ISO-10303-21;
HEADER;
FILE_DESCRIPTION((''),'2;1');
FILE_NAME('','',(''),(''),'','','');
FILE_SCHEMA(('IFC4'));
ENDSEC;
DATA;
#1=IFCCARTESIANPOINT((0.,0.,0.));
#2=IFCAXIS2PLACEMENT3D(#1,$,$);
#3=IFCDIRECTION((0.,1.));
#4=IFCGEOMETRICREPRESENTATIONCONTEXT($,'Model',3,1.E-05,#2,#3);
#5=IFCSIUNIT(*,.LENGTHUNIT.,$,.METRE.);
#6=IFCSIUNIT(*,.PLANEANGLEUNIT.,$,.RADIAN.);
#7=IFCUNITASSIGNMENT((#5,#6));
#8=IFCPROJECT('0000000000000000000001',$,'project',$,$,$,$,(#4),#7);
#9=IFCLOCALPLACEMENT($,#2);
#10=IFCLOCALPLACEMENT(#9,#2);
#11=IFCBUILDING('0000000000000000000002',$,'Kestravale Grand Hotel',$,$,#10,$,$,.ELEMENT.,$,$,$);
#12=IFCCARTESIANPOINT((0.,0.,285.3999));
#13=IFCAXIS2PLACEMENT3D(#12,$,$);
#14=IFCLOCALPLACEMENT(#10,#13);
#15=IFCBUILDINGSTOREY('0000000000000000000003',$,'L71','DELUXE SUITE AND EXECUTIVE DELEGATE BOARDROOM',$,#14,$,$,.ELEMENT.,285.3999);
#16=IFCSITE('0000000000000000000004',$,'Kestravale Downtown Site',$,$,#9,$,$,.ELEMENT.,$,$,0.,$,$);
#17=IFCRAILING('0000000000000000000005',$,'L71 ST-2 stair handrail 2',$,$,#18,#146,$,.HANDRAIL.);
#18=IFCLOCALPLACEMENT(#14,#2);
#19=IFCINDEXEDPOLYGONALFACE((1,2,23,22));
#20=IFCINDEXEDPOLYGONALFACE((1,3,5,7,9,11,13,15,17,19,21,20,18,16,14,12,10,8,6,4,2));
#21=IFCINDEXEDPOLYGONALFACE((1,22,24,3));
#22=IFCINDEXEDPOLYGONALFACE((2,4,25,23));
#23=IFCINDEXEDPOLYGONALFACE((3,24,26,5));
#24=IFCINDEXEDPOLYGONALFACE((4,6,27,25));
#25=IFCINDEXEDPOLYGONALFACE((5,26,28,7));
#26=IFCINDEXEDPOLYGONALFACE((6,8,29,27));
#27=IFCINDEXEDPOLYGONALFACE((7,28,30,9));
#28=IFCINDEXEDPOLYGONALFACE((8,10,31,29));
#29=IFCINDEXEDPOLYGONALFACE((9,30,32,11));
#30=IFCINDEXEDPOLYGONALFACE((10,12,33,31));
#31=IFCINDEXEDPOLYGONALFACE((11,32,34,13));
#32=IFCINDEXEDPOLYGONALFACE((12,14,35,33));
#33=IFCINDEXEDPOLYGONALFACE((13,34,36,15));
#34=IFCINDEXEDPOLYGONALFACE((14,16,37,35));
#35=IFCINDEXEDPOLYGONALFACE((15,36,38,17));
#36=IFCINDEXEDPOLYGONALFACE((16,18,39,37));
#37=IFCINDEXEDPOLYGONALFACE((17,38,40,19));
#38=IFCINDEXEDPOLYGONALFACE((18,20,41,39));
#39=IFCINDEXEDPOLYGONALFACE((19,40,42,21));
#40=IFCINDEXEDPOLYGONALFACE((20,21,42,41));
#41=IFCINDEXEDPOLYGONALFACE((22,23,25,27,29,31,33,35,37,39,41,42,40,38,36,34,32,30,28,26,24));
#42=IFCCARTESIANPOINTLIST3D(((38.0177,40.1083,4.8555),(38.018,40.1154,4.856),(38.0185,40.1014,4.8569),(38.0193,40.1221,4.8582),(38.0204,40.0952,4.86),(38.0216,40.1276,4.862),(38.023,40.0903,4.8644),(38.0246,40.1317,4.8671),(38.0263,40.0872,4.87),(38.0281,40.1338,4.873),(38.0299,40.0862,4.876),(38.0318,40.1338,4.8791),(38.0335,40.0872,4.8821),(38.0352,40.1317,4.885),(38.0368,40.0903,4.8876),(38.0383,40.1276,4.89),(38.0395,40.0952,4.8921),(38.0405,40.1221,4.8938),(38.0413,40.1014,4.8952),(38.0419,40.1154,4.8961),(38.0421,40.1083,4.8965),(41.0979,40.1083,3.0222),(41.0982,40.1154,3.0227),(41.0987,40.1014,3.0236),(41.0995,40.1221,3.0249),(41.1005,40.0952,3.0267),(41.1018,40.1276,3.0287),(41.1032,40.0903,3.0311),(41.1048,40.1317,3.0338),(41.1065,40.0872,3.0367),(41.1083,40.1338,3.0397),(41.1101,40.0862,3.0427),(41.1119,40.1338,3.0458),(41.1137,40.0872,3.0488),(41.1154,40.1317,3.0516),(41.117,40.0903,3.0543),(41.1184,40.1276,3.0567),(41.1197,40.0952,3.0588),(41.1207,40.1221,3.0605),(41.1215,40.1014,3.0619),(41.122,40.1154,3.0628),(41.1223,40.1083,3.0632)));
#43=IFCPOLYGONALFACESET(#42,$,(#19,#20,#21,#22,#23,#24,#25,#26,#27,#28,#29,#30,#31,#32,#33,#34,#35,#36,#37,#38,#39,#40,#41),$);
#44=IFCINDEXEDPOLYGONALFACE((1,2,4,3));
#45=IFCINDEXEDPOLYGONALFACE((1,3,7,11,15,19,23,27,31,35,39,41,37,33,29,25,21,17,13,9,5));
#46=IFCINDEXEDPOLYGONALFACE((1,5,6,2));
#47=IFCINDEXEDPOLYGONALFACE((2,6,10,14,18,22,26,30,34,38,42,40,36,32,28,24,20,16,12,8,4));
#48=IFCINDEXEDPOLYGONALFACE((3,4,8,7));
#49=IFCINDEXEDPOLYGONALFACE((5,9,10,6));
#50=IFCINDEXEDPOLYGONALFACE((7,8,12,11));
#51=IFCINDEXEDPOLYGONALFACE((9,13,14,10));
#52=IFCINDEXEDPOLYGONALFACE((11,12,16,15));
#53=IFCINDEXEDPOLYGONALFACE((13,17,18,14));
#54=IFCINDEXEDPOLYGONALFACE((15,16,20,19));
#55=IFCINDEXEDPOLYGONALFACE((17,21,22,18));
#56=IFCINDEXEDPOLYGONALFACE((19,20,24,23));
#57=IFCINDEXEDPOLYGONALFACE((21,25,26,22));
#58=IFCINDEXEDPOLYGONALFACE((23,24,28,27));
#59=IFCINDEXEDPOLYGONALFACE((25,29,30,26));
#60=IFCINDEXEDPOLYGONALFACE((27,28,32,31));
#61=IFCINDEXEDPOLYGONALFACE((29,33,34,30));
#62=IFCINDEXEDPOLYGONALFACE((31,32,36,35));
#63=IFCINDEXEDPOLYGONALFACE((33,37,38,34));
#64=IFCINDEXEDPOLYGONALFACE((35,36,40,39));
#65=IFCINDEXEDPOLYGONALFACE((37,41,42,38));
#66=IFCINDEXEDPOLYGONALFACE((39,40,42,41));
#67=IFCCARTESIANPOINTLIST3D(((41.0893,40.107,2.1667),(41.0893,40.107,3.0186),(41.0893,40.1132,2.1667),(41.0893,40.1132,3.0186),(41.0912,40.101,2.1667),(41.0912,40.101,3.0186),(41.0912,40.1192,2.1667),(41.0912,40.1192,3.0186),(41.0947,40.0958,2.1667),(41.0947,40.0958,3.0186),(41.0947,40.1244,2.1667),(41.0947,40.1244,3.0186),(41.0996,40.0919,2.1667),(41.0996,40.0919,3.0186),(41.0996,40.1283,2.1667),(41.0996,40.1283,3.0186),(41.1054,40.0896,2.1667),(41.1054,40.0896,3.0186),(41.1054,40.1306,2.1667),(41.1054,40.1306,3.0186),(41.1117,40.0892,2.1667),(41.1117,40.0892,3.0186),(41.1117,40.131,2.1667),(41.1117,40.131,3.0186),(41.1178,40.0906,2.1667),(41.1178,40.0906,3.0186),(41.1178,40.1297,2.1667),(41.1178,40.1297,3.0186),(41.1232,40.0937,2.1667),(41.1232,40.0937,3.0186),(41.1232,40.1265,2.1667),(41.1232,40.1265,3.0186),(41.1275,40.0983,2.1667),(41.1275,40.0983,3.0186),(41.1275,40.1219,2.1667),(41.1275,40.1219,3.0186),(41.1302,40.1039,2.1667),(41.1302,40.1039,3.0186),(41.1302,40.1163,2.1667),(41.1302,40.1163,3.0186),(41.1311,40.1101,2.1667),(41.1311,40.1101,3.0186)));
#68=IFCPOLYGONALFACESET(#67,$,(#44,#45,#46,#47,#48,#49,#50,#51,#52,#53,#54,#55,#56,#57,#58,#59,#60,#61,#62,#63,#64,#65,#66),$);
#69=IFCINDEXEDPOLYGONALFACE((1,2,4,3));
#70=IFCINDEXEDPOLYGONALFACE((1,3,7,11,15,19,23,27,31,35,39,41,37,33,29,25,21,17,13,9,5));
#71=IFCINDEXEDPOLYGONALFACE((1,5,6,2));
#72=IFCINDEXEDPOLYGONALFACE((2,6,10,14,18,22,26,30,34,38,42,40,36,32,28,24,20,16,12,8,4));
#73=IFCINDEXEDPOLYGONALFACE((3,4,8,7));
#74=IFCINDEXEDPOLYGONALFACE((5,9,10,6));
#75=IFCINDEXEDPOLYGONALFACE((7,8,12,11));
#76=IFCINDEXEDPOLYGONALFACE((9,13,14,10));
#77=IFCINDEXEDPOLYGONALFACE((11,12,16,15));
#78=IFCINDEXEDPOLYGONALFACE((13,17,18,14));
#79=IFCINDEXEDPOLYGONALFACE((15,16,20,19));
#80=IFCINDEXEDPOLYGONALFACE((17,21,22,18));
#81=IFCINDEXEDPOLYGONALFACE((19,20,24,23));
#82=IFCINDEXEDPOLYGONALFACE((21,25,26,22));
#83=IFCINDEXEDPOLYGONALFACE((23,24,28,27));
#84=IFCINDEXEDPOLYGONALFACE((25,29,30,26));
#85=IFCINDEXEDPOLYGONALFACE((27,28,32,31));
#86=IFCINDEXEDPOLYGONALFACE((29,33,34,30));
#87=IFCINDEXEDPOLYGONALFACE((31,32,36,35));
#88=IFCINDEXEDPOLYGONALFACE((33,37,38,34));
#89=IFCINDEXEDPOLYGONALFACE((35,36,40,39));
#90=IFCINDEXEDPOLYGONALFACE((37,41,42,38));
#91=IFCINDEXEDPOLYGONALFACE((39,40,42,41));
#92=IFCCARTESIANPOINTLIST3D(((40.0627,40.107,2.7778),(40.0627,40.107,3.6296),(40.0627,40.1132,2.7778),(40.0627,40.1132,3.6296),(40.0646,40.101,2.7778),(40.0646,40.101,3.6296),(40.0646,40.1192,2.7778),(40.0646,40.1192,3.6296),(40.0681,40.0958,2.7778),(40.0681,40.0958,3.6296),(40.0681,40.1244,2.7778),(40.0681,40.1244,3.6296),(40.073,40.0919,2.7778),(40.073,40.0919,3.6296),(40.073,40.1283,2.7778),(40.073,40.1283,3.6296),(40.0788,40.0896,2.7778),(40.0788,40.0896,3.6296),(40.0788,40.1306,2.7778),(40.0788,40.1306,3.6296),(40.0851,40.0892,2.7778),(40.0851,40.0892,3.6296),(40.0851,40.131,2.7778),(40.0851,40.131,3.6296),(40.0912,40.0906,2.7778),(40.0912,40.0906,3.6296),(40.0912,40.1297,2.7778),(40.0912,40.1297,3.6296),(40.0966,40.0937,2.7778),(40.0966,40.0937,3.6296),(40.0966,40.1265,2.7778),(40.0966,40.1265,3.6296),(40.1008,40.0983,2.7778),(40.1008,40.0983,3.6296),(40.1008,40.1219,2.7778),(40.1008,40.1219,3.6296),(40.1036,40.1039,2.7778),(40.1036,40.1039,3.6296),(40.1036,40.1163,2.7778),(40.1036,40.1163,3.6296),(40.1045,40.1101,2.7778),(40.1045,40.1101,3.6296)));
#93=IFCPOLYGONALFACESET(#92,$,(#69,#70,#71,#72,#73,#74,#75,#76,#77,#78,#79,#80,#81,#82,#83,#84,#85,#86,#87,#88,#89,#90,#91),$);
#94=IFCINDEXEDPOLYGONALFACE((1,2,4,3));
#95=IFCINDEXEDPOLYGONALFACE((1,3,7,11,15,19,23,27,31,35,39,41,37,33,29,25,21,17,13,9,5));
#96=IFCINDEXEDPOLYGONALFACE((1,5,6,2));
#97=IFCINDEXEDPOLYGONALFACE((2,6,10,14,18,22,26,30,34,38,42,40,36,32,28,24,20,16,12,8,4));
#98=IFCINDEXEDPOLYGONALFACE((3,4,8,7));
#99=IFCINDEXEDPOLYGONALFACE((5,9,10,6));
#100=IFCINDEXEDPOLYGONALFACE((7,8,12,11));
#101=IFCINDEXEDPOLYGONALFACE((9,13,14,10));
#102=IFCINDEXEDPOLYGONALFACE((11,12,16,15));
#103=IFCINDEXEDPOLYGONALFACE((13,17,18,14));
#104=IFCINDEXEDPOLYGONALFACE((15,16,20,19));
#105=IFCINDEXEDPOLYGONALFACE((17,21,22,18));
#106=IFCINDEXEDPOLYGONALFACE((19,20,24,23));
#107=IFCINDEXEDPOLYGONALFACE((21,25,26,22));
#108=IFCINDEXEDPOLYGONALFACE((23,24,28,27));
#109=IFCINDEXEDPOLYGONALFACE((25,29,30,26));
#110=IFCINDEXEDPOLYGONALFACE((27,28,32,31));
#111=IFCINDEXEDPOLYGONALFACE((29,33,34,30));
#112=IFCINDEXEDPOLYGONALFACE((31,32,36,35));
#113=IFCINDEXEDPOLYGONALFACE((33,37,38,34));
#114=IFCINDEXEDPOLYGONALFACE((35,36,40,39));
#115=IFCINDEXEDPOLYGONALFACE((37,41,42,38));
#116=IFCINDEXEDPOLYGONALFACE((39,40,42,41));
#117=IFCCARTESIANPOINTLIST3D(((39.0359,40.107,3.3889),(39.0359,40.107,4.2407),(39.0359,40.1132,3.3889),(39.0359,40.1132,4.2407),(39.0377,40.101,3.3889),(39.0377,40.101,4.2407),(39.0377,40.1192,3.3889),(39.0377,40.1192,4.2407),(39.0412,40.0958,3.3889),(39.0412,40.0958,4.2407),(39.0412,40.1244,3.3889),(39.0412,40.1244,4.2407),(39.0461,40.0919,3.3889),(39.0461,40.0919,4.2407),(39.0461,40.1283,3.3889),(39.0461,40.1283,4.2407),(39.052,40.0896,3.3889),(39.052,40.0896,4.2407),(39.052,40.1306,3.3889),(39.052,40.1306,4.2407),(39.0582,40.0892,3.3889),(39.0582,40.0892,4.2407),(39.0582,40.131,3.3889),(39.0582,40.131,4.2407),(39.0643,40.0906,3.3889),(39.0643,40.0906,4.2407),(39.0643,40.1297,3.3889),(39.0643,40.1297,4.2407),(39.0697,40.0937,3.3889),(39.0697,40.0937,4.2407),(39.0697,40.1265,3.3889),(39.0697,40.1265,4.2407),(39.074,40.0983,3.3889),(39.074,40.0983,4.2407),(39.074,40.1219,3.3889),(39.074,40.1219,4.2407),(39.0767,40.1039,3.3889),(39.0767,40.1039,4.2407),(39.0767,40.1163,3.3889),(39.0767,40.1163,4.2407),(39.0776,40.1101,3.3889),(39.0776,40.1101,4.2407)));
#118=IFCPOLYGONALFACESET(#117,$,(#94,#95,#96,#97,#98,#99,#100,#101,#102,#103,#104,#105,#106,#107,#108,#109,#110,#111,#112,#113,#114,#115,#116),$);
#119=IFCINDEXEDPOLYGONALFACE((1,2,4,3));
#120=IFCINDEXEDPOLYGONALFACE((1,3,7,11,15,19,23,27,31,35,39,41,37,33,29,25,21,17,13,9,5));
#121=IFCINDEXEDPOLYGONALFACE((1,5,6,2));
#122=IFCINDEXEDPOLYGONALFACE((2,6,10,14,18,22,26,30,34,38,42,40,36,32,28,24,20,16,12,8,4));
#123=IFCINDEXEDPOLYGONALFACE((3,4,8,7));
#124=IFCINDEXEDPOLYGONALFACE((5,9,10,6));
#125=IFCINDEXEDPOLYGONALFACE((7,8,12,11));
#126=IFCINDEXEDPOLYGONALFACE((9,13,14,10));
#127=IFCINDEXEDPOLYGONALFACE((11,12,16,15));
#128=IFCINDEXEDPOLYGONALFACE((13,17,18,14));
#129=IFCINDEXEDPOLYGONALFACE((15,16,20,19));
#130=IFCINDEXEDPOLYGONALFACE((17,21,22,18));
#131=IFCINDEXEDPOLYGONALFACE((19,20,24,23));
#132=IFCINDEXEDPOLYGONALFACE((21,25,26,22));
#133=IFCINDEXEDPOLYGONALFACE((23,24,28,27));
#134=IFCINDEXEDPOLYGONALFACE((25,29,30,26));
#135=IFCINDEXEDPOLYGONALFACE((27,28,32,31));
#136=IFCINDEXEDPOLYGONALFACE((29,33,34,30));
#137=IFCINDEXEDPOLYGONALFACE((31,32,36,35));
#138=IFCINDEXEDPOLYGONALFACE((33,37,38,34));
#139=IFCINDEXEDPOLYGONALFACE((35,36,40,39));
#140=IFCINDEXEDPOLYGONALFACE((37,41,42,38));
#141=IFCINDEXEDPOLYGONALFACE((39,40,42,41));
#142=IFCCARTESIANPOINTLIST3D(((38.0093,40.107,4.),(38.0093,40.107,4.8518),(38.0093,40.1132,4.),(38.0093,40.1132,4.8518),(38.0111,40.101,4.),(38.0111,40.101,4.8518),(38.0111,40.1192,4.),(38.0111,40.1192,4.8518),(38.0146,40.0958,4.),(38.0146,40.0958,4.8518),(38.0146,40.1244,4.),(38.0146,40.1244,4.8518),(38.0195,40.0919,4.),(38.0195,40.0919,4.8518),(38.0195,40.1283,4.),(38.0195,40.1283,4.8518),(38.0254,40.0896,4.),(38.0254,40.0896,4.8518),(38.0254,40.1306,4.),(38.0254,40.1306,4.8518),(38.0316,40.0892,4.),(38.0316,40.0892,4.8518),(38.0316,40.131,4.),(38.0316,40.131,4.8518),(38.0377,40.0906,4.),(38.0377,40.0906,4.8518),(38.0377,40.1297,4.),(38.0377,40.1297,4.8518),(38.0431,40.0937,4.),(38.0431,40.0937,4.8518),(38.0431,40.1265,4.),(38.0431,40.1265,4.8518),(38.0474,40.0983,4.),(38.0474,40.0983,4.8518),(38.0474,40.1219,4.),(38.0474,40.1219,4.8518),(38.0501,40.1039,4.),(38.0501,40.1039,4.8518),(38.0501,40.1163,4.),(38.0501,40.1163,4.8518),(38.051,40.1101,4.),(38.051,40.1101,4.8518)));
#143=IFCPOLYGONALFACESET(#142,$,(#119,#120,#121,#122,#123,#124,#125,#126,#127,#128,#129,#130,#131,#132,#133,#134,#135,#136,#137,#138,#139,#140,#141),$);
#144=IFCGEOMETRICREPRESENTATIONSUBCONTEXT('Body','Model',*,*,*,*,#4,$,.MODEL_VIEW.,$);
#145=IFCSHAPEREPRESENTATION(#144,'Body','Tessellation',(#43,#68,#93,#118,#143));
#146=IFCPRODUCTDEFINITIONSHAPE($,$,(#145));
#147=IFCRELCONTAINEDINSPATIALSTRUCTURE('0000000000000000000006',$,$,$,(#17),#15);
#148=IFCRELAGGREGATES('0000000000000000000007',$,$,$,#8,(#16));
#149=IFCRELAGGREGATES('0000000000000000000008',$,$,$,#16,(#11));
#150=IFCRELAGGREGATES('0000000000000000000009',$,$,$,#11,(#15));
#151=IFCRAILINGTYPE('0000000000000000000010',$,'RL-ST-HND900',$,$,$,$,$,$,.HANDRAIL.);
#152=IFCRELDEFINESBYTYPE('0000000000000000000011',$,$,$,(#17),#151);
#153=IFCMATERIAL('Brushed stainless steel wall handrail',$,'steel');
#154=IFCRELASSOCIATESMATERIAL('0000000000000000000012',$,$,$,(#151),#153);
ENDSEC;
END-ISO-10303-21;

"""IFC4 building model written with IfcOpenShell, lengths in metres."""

from ifc_helpers import new_model, si_unit, direction, frame, origin, origin_2d, place, context, subcontext, project, spatial, circle, extrude, material, type_object, element, save


model = new_model("IFC4")

# Units and contexts
model_context = context("Model", 3, precision=1e-05, world=origin(), true_north=direction((0.0, 1.0)))
body_context = subcontext(model_context, "Body", "Model", "MODEL_VIEW")
ifc_project = project(units=[si_unit("LENGTHUNIT", "METRE"), si_unit("PLANEANGLEUNIT", "RADIAN")], contexts=[model_context])

# Site, building, storey
site_placement = place(None, origin())
site = spatial("IfcSite", under=ifc_project, at=site_placement, Name="Kestravale Downtown Site", CompositionType="ELEMENT", RefElevation=0.0)
building_placement = place(site_placement, origin())
building = spatial("IfcBuilding", under=site, at=building_placement, Name="Kestravale Grand Hotel", CompositionType="ELEMENT")
storey_placement = place(building_placement, frame((0.0, 0.0, 285.3999)))
storey = spatial("IfcBuildingStorey", under=building, at=storey_placement, Name="L71", Description="DELUXE SUITE AND EXECUTIVE DELEGATE BOARDROOM", CompositionType="ELEMENT", Elevation=285.3999)

# Railing
ifc_material_1 = material(Name="Brushed stainless steel wall handrail", Category="steel")
railing_type_1 = type_object("IfcRailingType", Name="RL-ST-HND900", PredefinedType="HANDRAIL", material=ifc_material_1)
railing_1_placement = place(storey_placement, frame((41.1101, 40.1101, 2.1667)))
element("IfcRailing", 1, at=railing_1_placement, inside=storey, type_object=railing_type_1, Name="L71 ST-2 stair handrail 2", PredefinedType="HANDRAIL", context=body_context, shape_type="SweptSolid", body=[
    extrude(circle(Radius=0.0239, at=origin_2d()), frame((0.0, 0.0, 0.876), z_axis=(-0.859309, 0.0, 0.511458), x_axis=(0.0, -1.0, 0.0)), (0.0, 0.0, 1.0), 3.5845),
    extrude(circle(Radius=0.021, at=origin_2d()), origin(), (0.0, 0.0, 1.0), 0.8518),
    extrude(circle(Radius=0.021, at=origin_2d()), frame((-1.0266, 0.0, 0.6111)), (0.0, 0.0, 1.0), 0.8518),
    extrude(circle(Radius=0.021, at=origin_2d()), frame((-2.0535, 0.0, 1.2222)), (0.0, 0.0, 1.0), 0.8518),
    extrude(circle(Radius=0.021, at=origin_2d()), frame((-3.0801, 0.0, 1.8333)), (0.0, 0.0, 1.0), 0.8518),
])

save(model, "model.ifc")
